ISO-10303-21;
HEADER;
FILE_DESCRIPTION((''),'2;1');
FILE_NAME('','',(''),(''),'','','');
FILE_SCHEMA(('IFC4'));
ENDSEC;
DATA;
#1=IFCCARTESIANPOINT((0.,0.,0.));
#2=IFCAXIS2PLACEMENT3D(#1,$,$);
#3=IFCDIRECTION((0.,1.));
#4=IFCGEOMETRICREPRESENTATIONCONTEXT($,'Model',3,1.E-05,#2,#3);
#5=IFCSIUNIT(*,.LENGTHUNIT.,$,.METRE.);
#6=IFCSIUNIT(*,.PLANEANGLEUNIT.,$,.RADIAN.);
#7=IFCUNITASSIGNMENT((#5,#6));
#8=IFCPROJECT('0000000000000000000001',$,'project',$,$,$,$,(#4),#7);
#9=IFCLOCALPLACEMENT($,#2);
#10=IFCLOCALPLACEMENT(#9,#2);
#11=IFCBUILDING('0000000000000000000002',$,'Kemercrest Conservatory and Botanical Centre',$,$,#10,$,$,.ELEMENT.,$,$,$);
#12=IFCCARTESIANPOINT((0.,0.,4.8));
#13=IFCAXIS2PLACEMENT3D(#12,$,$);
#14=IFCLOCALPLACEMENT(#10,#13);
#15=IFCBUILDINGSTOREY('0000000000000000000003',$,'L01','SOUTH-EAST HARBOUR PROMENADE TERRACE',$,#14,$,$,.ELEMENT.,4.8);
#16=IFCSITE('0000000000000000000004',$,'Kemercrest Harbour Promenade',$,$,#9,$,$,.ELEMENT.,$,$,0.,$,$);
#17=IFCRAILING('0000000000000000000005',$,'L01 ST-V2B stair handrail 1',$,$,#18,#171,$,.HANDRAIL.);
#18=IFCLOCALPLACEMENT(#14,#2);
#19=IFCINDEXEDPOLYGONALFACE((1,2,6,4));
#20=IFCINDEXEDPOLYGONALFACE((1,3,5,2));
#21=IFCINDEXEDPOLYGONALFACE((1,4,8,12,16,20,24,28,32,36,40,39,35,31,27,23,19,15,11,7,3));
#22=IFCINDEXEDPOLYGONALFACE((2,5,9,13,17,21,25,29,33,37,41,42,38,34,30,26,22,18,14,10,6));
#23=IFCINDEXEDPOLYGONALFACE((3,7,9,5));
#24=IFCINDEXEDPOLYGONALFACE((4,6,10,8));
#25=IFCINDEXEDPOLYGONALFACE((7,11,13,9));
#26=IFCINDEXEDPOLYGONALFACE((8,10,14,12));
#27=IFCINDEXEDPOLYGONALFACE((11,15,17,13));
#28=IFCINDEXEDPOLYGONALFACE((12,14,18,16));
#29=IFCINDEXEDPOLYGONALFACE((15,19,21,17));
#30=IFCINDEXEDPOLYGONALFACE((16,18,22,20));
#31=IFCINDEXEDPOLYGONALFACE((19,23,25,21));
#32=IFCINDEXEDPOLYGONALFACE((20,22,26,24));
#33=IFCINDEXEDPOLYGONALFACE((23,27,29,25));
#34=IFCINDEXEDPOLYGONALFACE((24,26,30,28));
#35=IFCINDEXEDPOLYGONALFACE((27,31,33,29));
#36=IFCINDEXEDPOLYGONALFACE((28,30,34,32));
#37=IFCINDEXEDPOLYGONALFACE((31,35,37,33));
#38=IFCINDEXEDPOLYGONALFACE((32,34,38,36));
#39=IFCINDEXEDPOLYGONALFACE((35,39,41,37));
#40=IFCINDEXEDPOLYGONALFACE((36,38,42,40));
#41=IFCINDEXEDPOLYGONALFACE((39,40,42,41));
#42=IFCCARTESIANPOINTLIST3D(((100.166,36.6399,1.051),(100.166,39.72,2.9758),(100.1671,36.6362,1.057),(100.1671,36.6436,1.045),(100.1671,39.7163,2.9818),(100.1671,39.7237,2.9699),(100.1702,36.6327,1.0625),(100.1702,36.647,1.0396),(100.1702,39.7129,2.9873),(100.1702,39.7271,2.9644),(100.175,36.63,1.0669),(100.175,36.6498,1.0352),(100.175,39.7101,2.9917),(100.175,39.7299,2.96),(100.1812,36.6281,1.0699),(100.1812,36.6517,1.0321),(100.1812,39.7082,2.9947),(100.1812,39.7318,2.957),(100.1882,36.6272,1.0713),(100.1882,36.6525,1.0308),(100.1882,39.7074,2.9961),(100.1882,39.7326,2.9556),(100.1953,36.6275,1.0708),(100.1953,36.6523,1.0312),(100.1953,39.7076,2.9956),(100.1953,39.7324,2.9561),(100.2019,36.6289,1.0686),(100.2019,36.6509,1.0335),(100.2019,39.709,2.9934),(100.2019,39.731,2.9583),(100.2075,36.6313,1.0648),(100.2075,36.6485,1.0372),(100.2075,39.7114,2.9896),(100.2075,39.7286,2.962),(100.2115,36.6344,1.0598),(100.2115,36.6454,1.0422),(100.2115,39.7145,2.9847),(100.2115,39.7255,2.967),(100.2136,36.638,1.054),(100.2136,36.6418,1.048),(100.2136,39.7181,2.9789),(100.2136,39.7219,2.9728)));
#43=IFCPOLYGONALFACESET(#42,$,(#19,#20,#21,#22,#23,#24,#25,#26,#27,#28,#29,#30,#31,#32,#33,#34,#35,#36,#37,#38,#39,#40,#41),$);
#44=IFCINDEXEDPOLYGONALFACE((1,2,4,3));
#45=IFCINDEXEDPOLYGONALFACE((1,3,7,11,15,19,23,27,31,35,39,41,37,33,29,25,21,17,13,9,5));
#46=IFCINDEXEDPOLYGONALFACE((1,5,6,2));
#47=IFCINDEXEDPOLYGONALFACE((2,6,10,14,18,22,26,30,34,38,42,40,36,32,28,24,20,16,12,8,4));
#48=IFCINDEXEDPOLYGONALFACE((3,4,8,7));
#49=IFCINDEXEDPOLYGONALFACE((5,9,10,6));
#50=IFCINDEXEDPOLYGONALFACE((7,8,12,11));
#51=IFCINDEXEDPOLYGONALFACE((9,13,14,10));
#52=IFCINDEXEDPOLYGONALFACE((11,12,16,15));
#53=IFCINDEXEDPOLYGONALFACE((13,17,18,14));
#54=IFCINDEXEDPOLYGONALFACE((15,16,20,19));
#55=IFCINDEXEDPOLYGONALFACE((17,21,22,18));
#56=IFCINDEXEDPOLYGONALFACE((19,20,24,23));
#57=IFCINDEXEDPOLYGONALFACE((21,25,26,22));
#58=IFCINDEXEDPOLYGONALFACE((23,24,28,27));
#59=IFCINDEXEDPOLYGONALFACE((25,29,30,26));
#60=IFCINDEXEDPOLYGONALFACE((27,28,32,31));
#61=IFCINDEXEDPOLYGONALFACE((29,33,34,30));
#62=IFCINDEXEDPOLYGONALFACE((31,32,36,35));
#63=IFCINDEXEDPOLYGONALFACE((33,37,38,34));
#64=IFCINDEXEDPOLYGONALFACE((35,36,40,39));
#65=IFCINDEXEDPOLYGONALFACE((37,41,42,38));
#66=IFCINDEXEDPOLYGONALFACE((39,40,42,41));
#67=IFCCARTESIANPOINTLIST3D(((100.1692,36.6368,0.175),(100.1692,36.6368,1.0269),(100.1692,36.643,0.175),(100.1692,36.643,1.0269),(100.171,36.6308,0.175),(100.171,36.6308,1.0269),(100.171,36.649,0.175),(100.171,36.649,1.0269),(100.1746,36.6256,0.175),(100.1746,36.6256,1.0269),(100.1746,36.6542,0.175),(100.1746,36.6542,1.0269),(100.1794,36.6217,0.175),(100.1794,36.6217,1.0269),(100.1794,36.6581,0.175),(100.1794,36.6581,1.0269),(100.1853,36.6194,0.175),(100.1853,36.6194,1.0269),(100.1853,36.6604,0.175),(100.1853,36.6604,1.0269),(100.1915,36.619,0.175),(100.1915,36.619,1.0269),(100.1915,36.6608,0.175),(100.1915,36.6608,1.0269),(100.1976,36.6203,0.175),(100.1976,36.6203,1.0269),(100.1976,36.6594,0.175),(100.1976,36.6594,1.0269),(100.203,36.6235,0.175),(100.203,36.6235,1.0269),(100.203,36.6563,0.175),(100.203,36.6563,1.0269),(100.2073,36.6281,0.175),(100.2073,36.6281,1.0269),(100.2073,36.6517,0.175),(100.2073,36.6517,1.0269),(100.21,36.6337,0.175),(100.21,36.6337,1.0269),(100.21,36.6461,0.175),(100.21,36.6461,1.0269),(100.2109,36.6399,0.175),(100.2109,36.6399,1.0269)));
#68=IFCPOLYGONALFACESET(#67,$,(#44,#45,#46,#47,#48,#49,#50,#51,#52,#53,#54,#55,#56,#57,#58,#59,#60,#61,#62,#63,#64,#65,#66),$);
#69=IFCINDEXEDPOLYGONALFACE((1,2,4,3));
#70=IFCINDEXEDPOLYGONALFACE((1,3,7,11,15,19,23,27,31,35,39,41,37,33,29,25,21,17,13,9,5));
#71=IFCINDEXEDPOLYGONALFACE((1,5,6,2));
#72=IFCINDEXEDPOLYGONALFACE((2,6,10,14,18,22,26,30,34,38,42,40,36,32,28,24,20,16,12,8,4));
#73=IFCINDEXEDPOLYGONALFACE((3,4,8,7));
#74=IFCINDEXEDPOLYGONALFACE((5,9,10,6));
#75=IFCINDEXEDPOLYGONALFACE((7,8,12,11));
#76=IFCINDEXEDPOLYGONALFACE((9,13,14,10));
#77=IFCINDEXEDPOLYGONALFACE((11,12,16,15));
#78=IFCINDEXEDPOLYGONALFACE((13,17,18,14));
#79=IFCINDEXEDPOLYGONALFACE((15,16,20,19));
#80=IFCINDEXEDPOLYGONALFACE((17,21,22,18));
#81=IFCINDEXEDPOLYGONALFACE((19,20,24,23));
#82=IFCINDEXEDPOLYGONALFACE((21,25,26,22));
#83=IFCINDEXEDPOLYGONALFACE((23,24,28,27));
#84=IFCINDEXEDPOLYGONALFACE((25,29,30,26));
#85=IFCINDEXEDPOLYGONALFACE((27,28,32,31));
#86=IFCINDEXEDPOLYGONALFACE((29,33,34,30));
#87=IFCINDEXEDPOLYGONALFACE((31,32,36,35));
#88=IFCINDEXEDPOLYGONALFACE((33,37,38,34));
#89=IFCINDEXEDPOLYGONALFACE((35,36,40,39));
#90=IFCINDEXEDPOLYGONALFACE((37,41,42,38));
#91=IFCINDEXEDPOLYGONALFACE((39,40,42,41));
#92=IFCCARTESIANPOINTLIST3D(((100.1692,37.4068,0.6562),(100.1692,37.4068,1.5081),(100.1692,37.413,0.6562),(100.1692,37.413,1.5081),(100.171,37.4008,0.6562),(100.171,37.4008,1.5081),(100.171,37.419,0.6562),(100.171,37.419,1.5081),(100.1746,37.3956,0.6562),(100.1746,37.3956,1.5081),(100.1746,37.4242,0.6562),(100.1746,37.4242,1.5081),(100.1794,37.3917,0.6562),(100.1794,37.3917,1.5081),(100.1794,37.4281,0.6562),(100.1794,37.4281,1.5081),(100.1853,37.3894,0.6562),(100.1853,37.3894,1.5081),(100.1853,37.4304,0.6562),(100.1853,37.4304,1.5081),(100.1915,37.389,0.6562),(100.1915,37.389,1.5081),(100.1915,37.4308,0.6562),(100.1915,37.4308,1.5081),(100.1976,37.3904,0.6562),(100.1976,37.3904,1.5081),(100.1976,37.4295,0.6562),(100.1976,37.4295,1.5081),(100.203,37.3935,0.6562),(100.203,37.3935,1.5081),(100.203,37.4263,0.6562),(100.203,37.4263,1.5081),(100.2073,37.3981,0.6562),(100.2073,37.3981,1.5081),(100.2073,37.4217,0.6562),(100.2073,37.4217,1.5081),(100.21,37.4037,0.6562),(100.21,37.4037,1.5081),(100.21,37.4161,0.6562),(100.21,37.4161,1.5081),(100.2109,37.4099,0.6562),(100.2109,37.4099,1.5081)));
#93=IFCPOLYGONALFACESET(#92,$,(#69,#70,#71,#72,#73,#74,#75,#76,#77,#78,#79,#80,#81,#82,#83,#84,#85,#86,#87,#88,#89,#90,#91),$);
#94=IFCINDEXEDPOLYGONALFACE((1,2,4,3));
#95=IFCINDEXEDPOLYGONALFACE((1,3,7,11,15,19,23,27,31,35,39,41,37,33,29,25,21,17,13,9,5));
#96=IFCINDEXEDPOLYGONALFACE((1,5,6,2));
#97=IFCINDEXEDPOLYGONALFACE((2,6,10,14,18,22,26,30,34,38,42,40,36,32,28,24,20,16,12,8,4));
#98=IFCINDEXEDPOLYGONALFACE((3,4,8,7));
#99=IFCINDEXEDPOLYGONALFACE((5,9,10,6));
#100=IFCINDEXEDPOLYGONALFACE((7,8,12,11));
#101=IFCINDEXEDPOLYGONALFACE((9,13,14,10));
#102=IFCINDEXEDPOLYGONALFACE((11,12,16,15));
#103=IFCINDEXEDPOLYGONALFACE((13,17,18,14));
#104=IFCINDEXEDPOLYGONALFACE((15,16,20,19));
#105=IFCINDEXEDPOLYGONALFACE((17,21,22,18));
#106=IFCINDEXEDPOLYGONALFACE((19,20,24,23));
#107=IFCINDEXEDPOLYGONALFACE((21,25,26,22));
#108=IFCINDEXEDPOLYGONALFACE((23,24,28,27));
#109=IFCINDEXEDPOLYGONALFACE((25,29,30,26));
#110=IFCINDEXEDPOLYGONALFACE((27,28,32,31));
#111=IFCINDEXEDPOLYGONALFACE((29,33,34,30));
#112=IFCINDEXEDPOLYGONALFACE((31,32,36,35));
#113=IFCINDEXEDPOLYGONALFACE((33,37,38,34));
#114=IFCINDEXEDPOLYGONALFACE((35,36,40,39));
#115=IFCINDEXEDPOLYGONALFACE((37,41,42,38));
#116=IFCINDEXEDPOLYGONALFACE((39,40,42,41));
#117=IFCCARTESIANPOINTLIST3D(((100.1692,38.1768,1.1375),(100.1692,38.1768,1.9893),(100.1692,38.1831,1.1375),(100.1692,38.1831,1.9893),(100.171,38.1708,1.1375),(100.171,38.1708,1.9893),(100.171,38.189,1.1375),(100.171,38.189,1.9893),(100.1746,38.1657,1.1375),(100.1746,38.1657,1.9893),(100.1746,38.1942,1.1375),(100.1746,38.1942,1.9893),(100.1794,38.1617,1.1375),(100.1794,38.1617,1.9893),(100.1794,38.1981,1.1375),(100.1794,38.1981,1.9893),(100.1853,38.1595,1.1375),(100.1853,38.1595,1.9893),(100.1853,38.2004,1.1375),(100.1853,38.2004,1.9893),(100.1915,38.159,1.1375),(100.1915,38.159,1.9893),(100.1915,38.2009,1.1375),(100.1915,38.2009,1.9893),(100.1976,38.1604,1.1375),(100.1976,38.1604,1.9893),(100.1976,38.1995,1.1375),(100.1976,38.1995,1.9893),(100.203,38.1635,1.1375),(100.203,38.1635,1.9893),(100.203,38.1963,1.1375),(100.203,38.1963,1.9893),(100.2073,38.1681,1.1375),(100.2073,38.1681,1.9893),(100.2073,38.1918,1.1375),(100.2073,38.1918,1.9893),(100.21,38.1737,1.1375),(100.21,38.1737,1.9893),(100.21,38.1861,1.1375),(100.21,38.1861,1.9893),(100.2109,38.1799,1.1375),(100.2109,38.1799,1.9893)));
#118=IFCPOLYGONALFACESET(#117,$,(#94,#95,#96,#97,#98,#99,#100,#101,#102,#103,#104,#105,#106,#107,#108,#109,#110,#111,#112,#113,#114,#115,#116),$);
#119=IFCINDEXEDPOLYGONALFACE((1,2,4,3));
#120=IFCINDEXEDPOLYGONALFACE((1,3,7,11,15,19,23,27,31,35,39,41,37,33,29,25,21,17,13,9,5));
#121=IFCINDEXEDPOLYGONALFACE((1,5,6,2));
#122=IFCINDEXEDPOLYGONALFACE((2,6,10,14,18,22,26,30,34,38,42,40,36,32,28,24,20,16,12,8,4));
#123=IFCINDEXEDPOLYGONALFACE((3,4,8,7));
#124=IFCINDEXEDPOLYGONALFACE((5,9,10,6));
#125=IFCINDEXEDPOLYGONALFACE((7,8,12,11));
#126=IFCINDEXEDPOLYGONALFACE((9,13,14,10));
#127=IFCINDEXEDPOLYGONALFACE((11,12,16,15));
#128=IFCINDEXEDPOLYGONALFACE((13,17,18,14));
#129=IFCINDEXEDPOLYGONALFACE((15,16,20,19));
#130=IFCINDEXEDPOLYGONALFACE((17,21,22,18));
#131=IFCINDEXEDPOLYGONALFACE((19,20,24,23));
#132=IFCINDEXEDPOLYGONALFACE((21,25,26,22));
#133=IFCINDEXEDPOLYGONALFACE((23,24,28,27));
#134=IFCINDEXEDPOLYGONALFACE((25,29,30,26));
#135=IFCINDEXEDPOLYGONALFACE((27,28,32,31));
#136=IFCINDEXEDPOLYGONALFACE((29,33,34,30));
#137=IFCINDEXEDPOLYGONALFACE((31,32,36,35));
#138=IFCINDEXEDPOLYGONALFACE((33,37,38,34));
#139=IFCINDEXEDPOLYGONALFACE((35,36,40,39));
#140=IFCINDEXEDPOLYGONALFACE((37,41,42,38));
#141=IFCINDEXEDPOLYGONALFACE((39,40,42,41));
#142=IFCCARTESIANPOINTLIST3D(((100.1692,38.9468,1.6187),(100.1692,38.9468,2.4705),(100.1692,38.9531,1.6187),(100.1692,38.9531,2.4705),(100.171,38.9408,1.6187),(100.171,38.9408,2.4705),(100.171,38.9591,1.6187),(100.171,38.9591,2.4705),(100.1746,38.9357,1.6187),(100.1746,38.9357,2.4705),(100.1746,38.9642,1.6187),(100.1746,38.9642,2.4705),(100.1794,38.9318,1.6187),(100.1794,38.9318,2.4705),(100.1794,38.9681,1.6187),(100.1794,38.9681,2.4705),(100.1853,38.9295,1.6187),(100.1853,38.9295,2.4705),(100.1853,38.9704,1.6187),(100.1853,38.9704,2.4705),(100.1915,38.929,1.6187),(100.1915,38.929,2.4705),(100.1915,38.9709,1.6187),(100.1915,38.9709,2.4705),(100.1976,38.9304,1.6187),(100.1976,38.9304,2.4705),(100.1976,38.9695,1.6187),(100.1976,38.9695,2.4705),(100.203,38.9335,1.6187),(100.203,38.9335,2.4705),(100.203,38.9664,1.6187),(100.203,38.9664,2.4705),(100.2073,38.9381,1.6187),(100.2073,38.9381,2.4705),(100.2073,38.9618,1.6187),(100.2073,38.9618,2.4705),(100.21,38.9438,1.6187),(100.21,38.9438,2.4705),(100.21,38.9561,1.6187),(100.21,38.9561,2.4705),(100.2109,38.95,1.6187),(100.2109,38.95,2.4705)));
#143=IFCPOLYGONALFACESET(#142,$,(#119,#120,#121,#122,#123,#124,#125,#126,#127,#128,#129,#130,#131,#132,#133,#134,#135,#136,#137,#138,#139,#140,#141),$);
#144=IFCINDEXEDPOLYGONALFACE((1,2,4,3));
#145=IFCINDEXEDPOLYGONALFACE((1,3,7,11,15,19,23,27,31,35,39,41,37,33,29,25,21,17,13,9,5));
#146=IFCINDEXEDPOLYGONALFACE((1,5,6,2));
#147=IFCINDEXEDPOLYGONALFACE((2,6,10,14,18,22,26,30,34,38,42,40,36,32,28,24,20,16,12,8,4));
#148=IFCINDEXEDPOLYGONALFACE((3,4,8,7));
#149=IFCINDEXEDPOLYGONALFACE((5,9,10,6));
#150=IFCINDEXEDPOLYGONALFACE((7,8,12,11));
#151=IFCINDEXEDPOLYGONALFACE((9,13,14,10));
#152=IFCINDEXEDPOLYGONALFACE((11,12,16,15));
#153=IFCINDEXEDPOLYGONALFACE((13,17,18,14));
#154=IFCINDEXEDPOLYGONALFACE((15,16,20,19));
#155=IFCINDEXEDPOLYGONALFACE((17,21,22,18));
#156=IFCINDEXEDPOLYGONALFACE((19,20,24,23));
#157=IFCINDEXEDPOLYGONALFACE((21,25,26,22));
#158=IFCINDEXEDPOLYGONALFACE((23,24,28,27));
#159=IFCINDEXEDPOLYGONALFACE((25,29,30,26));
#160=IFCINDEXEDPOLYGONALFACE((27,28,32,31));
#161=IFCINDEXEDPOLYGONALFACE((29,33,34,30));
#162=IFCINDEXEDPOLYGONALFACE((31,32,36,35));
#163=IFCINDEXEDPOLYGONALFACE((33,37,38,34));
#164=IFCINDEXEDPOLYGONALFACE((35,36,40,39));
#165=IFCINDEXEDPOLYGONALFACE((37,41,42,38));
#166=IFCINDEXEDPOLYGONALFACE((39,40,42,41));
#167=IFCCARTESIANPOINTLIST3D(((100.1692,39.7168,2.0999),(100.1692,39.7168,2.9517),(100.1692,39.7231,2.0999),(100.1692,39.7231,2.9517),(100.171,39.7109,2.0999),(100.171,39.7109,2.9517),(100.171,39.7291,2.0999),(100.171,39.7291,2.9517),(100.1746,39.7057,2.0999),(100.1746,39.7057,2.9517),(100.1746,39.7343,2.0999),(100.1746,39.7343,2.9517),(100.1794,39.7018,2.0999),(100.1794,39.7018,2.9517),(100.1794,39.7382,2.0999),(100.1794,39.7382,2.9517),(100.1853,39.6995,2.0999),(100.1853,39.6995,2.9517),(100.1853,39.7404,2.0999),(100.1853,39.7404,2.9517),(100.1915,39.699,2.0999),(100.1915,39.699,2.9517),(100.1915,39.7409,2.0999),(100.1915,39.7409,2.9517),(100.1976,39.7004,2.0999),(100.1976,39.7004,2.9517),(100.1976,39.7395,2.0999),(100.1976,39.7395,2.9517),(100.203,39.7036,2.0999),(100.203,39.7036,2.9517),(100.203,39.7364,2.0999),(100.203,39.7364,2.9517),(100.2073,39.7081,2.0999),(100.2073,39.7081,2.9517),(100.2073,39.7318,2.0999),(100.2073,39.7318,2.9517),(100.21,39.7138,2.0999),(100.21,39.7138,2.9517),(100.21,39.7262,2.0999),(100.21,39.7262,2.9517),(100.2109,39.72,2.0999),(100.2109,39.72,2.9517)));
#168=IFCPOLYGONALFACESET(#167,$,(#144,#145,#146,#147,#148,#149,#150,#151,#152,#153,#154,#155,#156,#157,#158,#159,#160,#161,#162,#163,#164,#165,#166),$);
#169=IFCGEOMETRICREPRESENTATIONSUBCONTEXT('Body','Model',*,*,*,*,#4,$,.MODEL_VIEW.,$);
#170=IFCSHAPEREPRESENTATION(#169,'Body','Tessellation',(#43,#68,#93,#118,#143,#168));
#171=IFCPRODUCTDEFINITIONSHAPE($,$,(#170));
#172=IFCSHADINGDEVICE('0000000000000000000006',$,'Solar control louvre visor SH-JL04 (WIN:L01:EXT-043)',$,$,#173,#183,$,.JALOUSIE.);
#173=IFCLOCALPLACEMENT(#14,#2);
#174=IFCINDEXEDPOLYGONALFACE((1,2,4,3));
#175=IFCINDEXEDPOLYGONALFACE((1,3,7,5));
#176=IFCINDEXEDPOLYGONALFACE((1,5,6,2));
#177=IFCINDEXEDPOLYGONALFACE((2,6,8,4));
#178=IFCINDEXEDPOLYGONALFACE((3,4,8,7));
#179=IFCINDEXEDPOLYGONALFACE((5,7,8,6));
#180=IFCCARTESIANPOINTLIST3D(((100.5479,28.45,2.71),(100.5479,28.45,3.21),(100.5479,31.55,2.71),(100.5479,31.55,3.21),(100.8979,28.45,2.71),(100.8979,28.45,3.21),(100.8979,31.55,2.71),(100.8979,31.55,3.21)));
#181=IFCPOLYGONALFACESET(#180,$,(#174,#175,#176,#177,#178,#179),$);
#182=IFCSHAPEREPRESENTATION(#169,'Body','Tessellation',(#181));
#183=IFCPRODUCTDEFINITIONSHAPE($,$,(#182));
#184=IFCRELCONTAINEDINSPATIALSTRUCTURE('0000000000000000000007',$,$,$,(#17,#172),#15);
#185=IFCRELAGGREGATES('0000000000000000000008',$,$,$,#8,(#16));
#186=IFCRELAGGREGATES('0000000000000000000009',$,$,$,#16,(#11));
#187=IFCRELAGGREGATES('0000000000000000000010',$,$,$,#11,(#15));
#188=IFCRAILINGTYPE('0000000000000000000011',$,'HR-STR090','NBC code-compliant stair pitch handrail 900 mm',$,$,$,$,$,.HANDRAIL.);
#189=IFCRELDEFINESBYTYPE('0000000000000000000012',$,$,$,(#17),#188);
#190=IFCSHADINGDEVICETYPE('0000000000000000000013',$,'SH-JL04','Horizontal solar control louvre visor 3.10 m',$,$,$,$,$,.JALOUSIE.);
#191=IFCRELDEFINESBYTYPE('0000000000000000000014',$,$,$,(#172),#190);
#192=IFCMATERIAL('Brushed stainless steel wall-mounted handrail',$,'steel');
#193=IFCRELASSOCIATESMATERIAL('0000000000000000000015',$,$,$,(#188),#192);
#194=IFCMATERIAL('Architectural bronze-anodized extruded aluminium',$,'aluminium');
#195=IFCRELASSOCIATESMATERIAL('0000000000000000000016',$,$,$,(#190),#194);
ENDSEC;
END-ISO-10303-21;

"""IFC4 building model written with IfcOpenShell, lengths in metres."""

from ifc_helpers import new_model, si_unit, direction, frame, origin, origin_2d, place, context, subcontext, project, spatial, rectangle, circle, extrude, material, type_object, element, save


model = new_model("IFC4")

# Units and contexts
model_context = context("Model", 3, precision=1e-05, world=origin(), true_north=direction((0.0, 1.0)))
body_context = subcontext(model_context, "Body", "Model", "MODEL_VIEW")
ifc_project = project(units=[si_unit("LENGTHUNIT", "METRE"), si_unit("PLANEANGLEUNIT", "RADIAN")], contexts=[model_context])

# Site, building, storey
site_placement = place(None, origin())
site = spatial("IfcSite", under=ifc_project, at=site_placement, Name="Kemercrest Harbour Promenade", CompositionType="ELEMENT", RefElevation=0.0)
building_placement = place(site_placement, origin())
building = spatial("IfcBuilding", under=site, at=building_placement, Name="Kemercrest Conservatory and Botanical Centre", CompositionType="ELEMENT")
storey_placement = place(building_placement, frame((0.0, 0.0, 4.8)))
storey = spatial("IfcBuildingStorey", under=building, at=storey_placement, Name="L01", Description="SOUTH-EAST HARBOUR PROMENADE TERRACE", CompositionType="ELEMENT", Elevation=4.8)

# Railing
ifc_material_1 = material(Name="Brushed stainless steel wall-mounted handrail", Category="steel")
railing_type_1 = type_object("IfcRailingType", Name="HR-STR090", Description="NBC code-compliant stair pitch handrail 900 mm", PredefinedType="HANDRAIL", material=ifc_material_1)
railing_1_placement = place(storey_placement, frame((100.1899, 36.6399, 0.175)))
element("IfcRailing", 1, at=railing_1_placement, inside=storey, type_object=railing_type_1, Name="L01 ST-V2B stair handrail 1", PredefinedType="HANDRAIL", context=body_context, shape_type="SweptSolid", body=[
    extrude(circle(Radius=0.0239, at=origin_2d()), frame((0.0, 0.0, 0.876), z_axis=(0.0, 0.848029, 0.529951), x_axis=(-1.0, 0.0, 0.0)), (0.0, 0.0, 1.0), 3.6321),
    extrude(circle(Radius=0.021, at=origin_2d()), origin(), (0.0, 0.0, 1.0), 0.8518),
    extrude(circle(Radius=0.021, at=origin_2d()), frame((0.0, 0.77, 0.4812)), (0.0, 0.0, 1.0), 0.8518),
    extrude(circle(Radius=0.021, at=origin_2d()), frame((0.0, 1.54, 0.9624)), (0.0, 0.0, 1.0), 0.8518),
    extrude(circle(Radius=0.021, at=origin_2d()), frame((0.0, 2.3101, 1.4436)), (0.0, 0.0, 1.0), 0.8518),
    extrude(circle(Radius=0.021, at=origin_2d()), frame((0.0, 3.0801, 1.9248)), (0.0, 0.0, 1.0), 0.8518),
])

# Shading device
ifc_material_2 = material(Name="Architectural bronze-anodized extruded aluminium", Category="aluminium")
shading_device_type = type_object("IfcShadingDeviceType", Name="SH-JL04", Description="Horizontal solar control louvre visor 3.10 m", PredefinedType="JALOUSIE", material=ifc_material_2)
shading_device_placement = place(storey_placement, frame((100.7229, 30.0, 2.71), z_axis=(0.0, 0.0, 1.0), x_axis=(0.0, 1.0, 0.0)))
element("IfcShadingDevice", 2, at=shading_device_placement, inside=storey, type_object=shading_device_type, Name="Solar control louvre visor SH-JL04 (WIN:L01:EXT-043)", PredefinedType="JALOUSIE", context=body_context, shape_type="SweptSolid", body=[
    extrude(rectangle(XDim=3.1001, YDim=0.3501, at=origin_2d()), origin(), (0.0, 0.0, 1.0), 0.5),
])

save(model, "model.ifc")
